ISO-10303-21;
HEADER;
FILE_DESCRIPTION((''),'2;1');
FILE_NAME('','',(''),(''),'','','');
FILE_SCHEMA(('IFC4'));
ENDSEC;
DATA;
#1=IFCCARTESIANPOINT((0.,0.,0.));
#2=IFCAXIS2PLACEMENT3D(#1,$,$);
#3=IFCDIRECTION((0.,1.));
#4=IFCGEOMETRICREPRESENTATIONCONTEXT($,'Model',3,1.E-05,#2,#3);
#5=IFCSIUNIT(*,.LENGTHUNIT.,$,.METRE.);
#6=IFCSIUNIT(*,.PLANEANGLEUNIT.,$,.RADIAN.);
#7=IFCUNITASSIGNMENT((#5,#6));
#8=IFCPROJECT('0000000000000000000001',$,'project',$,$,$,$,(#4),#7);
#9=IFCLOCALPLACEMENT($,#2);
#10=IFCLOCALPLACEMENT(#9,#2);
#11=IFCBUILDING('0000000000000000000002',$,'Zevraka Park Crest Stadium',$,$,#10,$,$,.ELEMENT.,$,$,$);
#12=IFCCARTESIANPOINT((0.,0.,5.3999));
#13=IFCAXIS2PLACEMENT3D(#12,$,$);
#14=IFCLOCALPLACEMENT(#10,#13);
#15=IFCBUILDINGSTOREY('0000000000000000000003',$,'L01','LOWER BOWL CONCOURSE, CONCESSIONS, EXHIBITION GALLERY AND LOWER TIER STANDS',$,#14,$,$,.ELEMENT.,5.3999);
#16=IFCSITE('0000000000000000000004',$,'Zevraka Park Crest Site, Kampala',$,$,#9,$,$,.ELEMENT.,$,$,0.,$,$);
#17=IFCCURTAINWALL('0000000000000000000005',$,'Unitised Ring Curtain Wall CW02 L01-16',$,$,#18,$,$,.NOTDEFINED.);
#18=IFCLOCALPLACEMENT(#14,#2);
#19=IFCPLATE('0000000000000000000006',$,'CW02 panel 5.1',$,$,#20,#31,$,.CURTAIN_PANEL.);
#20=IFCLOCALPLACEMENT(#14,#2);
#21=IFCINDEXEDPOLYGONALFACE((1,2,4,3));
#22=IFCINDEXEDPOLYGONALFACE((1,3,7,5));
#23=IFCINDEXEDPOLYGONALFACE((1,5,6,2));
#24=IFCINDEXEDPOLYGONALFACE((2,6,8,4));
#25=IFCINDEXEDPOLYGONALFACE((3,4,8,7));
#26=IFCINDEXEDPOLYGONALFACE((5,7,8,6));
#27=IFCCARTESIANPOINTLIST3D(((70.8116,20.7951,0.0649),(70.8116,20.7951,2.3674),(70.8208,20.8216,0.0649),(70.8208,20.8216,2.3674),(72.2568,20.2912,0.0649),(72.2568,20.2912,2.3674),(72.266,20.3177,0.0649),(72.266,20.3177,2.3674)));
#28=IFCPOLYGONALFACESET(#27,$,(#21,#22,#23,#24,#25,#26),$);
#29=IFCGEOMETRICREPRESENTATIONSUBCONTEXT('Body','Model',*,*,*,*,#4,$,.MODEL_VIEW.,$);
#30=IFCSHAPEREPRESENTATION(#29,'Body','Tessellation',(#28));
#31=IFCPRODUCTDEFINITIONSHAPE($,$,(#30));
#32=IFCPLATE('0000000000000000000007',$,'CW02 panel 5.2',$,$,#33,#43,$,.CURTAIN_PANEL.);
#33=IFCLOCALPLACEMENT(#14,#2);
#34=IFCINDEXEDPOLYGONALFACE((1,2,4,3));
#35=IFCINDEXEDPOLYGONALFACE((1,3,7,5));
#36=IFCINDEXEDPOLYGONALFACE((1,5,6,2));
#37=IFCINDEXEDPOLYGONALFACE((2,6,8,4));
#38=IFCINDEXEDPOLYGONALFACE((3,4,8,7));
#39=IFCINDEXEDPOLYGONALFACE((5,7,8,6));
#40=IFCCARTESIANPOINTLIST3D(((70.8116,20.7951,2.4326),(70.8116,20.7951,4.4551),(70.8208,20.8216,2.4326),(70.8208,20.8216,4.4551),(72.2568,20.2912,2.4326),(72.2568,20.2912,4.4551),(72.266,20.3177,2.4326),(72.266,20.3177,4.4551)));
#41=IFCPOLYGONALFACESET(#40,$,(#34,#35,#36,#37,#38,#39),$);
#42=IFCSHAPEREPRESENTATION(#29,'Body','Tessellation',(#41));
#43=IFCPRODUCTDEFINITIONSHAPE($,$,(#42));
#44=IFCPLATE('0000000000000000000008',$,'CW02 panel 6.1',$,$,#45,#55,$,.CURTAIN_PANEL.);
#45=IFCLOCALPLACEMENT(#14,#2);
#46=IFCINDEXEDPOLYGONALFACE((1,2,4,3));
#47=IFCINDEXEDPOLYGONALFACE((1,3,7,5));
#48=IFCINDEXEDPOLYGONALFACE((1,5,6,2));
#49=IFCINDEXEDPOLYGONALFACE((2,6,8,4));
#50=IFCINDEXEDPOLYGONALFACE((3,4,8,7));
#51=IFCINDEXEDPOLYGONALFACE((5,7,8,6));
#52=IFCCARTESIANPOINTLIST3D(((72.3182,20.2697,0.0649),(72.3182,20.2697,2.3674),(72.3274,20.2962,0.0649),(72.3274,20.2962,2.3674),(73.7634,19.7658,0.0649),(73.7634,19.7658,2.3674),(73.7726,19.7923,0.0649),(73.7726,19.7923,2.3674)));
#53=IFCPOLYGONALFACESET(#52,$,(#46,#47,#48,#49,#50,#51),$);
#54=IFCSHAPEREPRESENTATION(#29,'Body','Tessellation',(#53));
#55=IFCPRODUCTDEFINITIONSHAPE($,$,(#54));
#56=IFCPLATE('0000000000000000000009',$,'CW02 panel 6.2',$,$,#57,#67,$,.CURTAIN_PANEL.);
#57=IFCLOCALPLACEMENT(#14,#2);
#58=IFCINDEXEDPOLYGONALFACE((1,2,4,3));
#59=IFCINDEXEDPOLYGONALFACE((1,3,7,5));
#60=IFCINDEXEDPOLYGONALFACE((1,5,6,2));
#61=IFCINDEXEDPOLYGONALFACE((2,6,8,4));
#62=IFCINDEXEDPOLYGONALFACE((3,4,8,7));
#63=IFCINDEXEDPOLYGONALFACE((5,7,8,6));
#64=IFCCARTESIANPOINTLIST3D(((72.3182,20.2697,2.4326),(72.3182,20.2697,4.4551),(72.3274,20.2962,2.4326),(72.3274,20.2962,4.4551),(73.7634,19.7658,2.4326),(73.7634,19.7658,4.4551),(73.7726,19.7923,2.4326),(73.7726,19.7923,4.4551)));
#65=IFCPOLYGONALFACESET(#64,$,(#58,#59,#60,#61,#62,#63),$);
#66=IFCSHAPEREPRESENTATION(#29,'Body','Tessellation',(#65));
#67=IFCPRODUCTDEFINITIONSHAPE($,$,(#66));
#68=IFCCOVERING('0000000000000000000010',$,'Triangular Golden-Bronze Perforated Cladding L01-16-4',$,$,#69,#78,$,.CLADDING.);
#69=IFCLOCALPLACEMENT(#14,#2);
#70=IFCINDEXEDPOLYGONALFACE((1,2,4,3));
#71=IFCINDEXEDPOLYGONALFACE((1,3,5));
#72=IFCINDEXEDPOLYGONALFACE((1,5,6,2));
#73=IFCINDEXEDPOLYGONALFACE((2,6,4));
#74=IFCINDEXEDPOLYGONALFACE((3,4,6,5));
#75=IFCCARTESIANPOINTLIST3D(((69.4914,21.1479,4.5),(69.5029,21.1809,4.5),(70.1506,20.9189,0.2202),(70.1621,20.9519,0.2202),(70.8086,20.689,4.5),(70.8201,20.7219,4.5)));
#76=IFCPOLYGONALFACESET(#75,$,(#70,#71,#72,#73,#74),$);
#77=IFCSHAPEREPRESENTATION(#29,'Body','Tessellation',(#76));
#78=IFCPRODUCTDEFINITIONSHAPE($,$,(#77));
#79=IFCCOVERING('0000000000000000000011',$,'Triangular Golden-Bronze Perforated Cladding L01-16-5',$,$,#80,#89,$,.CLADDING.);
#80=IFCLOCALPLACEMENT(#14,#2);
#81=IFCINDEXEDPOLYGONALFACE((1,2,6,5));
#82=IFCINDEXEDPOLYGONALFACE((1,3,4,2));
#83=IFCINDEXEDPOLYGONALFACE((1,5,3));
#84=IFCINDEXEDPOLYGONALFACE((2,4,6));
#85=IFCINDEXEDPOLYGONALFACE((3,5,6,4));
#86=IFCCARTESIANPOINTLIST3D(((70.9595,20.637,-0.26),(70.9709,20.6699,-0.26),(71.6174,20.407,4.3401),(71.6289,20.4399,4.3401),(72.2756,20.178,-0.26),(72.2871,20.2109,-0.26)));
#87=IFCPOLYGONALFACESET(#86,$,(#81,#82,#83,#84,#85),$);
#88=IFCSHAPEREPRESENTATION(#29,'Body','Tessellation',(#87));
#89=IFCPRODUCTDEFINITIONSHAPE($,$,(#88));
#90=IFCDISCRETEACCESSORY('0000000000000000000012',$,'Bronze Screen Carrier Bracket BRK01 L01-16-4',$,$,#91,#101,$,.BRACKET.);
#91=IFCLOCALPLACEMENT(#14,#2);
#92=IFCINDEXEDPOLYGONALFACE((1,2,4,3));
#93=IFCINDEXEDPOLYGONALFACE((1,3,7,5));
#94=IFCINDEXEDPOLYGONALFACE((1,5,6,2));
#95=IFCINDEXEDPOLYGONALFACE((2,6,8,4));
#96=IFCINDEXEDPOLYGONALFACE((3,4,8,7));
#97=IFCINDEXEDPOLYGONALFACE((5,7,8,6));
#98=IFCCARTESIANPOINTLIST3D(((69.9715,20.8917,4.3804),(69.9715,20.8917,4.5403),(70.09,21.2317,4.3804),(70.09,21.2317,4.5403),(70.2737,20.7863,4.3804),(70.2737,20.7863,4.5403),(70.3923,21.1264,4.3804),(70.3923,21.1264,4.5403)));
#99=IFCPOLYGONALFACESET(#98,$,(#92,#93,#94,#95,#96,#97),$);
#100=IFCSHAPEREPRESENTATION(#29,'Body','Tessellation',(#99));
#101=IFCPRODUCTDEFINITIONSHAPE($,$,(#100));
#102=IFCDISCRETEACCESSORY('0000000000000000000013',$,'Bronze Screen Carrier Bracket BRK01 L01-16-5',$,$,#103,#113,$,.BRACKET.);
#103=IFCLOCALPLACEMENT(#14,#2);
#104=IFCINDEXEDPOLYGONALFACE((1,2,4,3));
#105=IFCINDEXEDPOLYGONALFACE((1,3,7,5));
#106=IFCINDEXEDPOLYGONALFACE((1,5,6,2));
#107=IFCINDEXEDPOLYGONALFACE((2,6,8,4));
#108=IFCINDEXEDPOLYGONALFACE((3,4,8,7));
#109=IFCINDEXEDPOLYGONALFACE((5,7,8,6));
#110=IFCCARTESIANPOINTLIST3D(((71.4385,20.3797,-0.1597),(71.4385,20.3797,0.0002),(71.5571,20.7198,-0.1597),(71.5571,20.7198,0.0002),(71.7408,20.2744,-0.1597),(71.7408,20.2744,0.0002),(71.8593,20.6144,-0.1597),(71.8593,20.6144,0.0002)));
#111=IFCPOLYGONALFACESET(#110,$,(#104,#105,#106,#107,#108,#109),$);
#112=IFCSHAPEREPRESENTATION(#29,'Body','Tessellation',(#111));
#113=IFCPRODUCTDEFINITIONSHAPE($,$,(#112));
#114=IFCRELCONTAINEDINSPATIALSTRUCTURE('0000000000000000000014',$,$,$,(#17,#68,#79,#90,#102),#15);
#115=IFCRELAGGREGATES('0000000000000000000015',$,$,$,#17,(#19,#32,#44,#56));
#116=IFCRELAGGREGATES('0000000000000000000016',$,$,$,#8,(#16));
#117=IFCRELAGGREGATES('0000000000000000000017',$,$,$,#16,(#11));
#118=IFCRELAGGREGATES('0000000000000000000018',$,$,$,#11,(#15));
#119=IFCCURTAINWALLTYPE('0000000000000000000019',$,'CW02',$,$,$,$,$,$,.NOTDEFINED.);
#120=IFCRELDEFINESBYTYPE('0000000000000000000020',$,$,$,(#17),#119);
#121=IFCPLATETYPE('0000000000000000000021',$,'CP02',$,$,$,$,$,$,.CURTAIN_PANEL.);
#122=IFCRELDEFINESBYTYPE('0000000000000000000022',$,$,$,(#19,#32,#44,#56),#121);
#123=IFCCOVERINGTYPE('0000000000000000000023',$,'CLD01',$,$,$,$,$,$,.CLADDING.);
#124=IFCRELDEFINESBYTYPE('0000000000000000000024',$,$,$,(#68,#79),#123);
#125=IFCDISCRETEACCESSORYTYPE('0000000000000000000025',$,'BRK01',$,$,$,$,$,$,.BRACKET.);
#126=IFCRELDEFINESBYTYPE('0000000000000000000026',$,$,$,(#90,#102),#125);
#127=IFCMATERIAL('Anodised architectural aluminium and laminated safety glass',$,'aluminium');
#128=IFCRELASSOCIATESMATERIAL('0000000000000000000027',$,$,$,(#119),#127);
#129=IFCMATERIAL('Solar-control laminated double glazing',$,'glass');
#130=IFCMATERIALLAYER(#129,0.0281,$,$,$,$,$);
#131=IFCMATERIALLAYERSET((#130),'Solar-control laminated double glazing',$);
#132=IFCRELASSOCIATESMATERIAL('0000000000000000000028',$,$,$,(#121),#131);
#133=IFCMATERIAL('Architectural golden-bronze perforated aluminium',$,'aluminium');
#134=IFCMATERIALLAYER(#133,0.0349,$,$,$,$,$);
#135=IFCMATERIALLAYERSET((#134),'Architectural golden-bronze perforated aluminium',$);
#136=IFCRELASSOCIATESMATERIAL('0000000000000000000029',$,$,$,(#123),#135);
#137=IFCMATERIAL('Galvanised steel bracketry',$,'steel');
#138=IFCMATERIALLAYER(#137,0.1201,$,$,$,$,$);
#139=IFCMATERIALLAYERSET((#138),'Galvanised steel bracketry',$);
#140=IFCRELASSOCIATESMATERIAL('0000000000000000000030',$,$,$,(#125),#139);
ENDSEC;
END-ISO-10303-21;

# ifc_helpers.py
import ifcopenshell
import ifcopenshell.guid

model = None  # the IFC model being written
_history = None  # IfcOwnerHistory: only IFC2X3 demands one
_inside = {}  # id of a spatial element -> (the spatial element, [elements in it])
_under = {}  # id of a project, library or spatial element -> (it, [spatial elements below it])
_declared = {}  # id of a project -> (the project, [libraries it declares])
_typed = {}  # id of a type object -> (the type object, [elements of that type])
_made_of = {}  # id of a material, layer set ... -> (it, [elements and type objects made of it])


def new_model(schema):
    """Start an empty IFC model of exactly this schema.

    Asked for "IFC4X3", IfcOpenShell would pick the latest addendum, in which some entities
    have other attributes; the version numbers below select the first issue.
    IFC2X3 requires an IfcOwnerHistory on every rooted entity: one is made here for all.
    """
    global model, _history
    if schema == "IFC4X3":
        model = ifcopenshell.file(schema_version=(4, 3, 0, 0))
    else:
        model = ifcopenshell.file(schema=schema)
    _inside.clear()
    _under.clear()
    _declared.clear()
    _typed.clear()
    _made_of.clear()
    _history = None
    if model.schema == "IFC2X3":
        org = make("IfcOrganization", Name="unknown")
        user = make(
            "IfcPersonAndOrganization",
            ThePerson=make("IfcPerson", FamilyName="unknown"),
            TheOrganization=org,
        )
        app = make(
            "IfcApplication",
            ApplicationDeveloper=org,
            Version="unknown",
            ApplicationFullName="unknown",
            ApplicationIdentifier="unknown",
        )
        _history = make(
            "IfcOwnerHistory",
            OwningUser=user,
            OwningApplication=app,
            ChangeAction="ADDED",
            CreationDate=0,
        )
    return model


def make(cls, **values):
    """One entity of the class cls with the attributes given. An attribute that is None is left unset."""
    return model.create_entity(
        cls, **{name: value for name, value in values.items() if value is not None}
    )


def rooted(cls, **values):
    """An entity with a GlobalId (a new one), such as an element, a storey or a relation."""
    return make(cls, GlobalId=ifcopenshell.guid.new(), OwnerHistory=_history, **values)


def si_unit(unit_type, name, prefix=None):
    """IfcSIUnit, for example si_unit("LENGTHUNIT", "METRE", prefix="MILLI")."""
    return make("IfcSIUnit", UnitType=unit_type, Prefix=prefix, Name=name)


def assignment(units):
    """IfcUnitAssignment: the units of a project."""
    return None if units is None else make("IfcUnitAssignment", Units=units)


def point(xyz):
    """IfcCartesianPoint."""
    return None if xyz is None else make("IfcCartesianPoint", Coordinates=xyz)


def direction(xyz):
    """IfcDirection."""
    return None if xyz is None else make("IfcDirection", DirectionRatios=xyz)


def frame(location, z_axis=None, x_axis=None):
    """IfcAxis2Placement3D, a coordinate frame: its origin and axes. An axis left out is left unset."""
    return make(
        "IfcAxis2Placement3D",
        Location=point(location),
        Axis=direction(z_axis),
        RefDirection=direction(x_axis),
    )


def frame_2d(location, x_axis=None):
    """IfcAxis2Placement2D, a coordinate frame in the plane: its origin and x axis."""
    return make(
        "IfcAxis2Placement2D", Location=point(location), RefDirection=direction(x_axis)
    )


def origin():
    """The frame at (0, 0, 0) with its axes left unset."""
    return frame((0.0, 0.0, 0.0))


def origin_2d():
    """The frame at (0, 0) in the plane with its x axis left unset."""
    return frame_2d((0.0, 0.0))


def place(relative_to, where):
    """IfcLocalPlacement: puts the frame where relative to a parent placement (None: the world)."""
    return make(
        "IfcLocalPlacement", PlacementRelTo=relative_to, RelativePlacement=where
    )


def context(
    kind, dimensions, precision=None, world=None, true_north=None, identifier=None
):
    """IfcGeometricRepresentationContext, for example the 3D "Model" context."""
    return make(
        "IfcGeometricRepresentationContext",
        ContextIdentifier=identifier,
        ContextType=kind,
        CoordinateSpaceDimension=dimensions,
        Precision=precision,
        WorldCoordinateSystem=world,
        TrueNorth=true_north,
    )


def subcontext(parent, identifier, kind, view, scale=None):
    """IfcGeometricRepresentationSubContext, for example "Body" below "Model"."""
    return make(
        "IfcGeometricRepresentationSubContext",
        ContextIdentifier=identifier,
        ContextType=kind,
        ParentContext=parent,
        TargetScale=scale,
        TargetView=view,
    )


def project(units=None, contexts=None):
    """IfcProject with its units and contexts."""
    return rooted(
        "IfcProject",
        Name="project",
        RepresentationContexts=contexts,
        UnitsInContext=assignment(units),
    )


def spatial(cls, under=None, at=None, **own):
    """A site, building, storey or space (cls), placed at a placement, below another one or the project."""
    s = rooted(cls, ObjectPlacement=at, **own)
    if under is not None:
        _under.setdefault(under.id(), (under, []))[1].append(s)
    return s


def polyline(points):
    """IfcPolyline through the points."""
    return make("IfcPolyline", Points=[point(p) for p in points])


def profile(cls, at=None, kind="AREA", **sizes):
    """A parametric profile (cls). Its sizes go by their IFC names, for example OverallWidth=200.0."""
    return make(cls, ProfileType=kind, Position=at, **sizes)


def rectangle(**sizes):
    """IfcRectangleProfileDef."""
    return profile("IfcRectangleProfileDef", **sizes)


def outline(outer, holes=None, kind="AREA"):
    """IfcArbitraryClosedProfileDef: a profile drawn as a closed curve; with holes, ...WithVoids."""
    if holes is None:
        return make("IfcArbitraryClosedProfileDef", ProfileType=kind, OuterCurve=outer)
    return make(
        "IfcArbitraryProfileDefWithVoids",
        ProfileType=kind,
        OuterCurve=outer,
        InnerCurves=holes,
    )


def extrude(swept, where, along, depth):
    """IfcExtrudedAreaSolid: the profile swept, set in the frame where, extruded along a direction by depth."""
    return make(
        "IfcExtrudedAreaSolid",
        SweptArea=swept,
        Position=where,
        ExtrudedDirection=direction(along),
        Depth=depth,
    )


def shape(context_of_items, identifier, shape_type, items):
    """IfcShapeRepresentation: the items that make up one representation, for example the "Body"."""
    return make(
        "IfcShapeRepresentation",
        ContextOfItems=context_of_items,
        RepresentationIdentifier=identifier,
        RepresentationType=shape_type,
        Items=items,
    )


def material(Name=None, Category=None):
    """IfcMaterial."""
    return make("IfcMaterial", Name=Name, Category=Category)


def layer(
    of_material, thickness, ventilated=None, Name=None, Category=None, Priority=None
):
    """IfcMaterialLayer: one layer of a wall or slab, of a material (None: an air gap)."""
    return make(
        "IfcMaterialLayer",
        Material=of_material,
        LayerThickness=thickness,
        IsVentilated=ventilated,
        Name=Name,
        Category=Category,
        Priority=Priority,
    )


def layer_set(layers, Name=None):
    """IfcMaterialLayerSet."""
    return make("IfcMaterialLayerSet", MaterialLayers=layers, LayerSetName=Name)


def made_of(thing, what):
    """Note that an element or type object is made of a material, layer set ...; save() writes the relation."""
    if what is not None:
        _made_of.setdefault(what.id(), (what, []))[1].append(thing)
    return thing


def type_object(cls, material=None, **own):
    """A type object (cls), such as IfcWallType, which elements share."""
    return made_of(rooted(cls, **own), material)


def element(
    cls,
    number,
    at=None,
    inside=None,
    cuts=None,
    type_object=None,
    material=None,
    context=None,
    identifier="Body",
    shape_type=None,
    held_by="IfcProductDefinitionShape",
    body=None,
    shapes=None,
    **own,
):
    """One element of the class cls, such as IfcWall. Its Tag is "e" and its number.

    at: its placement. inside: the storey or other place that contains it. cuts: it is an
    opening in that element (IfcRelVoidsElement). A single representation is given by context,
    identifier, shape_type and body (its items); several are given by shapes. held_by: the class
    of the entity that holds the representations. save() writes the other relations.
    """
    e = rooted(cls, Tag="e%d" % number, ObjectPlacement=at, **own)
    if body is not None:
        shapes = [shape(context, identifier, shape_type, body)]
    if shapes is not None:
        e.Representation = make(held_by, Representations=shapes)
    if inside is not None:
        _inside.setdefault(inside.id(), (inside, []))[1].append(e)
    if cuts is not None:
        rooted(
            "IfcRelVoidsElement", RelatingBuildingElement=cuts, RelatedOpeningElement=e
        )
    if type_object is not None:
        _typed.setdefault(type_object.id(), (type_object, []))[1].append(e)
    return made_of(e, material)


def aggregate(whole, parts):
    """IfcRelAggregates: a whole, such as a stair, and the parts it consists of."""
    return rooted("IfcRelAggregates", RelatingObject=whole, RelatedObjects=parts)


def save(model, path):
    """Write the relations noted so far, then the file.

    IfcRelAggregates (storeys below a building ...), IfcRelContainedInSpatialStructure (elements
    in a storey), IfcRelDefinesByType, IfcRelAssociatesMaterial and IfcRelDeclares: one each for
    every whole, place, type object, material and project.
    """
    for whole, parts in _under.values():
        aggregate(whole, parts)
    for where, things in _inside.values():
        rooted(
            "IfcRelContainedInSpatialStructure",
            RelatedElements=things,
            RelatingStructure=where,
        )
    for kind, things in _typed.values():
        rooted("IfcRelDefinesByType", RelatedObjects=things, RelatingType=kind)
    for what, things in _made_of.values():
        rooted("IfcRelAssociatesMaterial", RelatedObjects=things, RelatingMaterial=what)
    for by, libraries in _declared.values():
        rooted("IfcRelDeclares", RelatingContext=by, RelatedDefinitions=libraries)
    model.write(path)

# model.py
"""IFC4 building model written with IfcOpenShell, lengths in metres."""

from ifc_helpers import new_model, si_unit, direction, frame, origin, origin_2d, place, context, subcontext, project, spatial, polyline, rectangle, outline, extrude, material, layer, layer_set, type_object, element, aggregate, save


model = new_model("IFC4")

# Units and contexts
model_context = context("Model", 3, precision=1e-05, world=origin(), true_north=direction((0.0, 1.0)))
body_context = subcontext(model_context, "Body", "Model", "MODEL_VIEW")
ifc_project = project(units=[si_unit("LENGTHUNIT", "METRE"), si_unit("PLANEANGLEUNIT", "RADIAN")], contexts=[model_context])

# Site, building, storey
site_placement = place(None, origin())
site = spatial("IfcSite", under=ifc_project, at=site_placement, Name="Zevraka Park Crest Site, Kampala", CompositionType="ELEMENT", RefElevation=0.0)
building_placement = place(site_placement, origin())
building = spatial("IfcBuilding", under=site, at=building_placement, Name="Zevraka Park Crest Stadium", CompositionType="ELEMENT")
storey_placement = place(building_placement, frame((0.0, 0.0, 5.3999)))
storey = spatial("IfcBuildingStorey", under=building, at=storey_placement, Name="L01", Description="LOWER BOWL CONCOURSE, CONCESSIONS, EXHIBITION GALLERY AND LOWER TIER STANDS", CompositionType="ELEMENT", Elevation=5.3999)

# Curtain wall, plates
ifc_material_1 = material(Name="Anodised architectural aluminium and laminated safety glass", Category="aluminium")
curtain_wall_type = type_object("IfcCurtainWallType", Name="CW02", PredefinedType="NOTDEFINED", material=ifc_material_1)
curtain_wall_placement = place(storey_placement, origin())
curtain_wall = element("IfcCurtainWall", 1, at=curtain_wall_placement, inside=storey, type_object=curtain_wall_type, Name="Unitised Ring Curtain Wall CW02 L01-16", PredefinedType="NOTDEFINED")
ifc_material_2 = material(Name="Solar-control laminated double glazing", Category="glass")
ifc_layer_1 = layer(ifc_material_2, 0.0281)
ifc_layer_set_1 = layer_set([ifc_layer_1], Name="Solar-control laminated double glazing")
plate_type = type_object("IfcPlateType", Name="CP02", PredefinedType="CURTAIN_PANEL", material=ifc_layer_set_1)
plate_1_placement = place(storey_placement, frame((71.5388, 20.5564, 0.0649), z_axis=(0.0, 0.0, 1.0), x_axis=(0.944257, -0.329209, 0.0)))
plate_1 = element("IfcPlate", 2, at=plate_1_placement, type_object=plate_type, Name="CW02 panel 5.1", PredefinedType="CURTAIN_PANEL", context=body_context, shape_type="SweptSolid", body=[
    extrude(rectangle(XDim=1.5305, YDim=0.0281, at=origin_2d()), origin(), (0.0, 0.0, 1.0), 2.3025),
])
plate_2_placement = place(storey_placement, frame((71.5388, 20.5564, 2.4326), z_axis=(0.0, 0.0, 1.0), x_axis=(0.944257, -0.329209, 0.0)))
plate_2 = element("IfcPlate", 3, at=plate_2_placement, type_object=plate_type, Name="CW02 panel 5.2", PredefinedType="CURTAIN_PANEL", context=body_context, shape_type="SweptSolid", body=[
    extrude(rectangle(XDim=1.5305, YDim=0.0281, at=origin_2d()), origin(), (0.0, 0.0, 1.0), 2.0225),
])
plate_3_placement = place(storey_placement, frame((73.0454, 20.031, 0.0649), z_axis=(0.0, 0.0, 1.0), x_axis=(0.944257, -0.329209, 0.0)))
plate_3 = element("IfcPlate", 4, at=plate_3_placement, type_object=plate_type, Name="CW02 panel 6.1", PredefinedType="CURTAIN_PANEL", context=body_context, shape_type="SweptSolid", body=[
    extrude(rectangle(XDim=1.5305, YDim=0.0281, at=origin_2d()), origin(), (0.0, 0.0, 1.0), 2.3025),
])
plate_4_placement = place(storey_placement, frame((73.0454, 20.031, 2.4326), z_axis=(0.0, 0.0, 1.0), x_axis=(0.944257, -0.329209, 0.0)))
plate_4 = element("IfcPlate", 5, at=plate_4_placement, type_object=plate_type, Name="CW02 panel 6.2", PredefinedType="CURTAIN_PANEL", context=body_context, shape_type="SweptSolid", body=[
    extrude(rectangle(XDim=1.5305, YDim=0.0281, at=origin_2d()), origin(), (0.0, 0.0, 1.0), 2.0225),
])
aggregate(curtain_wall, [plate_1, plate_2, plate_3, plate_4])

# Coverings
ifc_material_3 = material(Name="Architectural golden-bronze perforated aluminium", Category="aluminium")
ifc_layer_2 = layer(ifc_material_3, 0.0349)
ifc_layer_set_2 = layer_set([ifc_layer_2], Name="Architectural golden-bronze perforated aluminium")
covering_type = type_object("IfcCoveringType", Name="CLD01", PredefinedType="CLADDING", material=ifc_layer_set_2)
covering_1_placement = place(storey_placement, frame((70.8201, 20.7219, 4.5), z_axis=(0.329064, 0.944308, 0.000155), x_axis=(-0.944308, 0.329064, 0.0)))
element("IfcCovering", 6, at=covering_1_placement, inside=storey, type_object=covering_type, Name="Triangular Golden-Bronze Perforated Cladding L01-16-4", PredefinedType="CLADDING", context=body_context, shape_type="SweptSolid", body=[
    extrude(outline(polyline([(0.0, 0.0), (1.3948, 0.0), (0.697, -4.2798), (0.0, 0.0)])), origin(), (0.0, 0.0, -1.0), 0.0349),
])
covering_2_placement = place(storey_placement, frame((70.9709, 20.6699, -0.26), z_axis=(0.329281, 0.944232, 0.000109), x_axis=(0.944232, -0.329281, 0.0)))
element("IfcCovering", 7, at=covering_2_placement, inside=storey, type_object=covering_type, Name="Triangular Golden-Bronze Perforated Cladding L01-16-5", PredefinedType="CLADDING", context=body_context, shape_type="SweptSolid", body=[
    extrude(outline(polyline([(0.0, 0.0), (1.3939, 0.0), (0.697, -4.6001), (0.0, 0.0)])), origin(), (0.0, 0.0, -1.0), 0.0349),
])

# Discrete accessories
ifc_material_4 = material(Name="Galvanised steel bracketry", Category="steel")
ifc_layer_3 = layer(ifc_material_4, 0.1201)
ifc_layer_set_3 = layer_set([ifc_layer_3], Name="Galvanised steel bracketry")
discrete_accessory_type = type_object("IfcDiscreteAccessoryType", Name="BRK01", PredefinedType="BRACKET", material=ifc_layer_set_3)
for number, where, z_axis, x_axis, name in (
    (8, (70.1819, 21.009, 4.3804), (0.0, 0.0, 1.0), (0.944262, -0.329196, 0.0), "Bronze Screen Carrier Bracket BRK01 L01-16-4"),
    (9, (71.6489, 20.4971, -0.1597), (0.0, 0.0, 1.0), (0.944262, -0.329196, 0.0), "Bronze Screen Carrier Bracket BRK01 L01-16-5"),
):
    element("IfcDiscreteAccessory", number, at=place(storey_placement, frame(where, z_axis=z_axis, x_axis=x_axis)), inside=storey, type_object=discrete_accessory_type, Name=name, PredefinedType="BRACKET", context=body_context, shape_type="SweptSolid", body=[
        extrude(rectangle(XDim=0.3201, YDim=0.3601, at=origin_2d()), origin(), (0.0, 0.0, 1.0), 0.1599),
    ])

save(model, "model.ifc")
